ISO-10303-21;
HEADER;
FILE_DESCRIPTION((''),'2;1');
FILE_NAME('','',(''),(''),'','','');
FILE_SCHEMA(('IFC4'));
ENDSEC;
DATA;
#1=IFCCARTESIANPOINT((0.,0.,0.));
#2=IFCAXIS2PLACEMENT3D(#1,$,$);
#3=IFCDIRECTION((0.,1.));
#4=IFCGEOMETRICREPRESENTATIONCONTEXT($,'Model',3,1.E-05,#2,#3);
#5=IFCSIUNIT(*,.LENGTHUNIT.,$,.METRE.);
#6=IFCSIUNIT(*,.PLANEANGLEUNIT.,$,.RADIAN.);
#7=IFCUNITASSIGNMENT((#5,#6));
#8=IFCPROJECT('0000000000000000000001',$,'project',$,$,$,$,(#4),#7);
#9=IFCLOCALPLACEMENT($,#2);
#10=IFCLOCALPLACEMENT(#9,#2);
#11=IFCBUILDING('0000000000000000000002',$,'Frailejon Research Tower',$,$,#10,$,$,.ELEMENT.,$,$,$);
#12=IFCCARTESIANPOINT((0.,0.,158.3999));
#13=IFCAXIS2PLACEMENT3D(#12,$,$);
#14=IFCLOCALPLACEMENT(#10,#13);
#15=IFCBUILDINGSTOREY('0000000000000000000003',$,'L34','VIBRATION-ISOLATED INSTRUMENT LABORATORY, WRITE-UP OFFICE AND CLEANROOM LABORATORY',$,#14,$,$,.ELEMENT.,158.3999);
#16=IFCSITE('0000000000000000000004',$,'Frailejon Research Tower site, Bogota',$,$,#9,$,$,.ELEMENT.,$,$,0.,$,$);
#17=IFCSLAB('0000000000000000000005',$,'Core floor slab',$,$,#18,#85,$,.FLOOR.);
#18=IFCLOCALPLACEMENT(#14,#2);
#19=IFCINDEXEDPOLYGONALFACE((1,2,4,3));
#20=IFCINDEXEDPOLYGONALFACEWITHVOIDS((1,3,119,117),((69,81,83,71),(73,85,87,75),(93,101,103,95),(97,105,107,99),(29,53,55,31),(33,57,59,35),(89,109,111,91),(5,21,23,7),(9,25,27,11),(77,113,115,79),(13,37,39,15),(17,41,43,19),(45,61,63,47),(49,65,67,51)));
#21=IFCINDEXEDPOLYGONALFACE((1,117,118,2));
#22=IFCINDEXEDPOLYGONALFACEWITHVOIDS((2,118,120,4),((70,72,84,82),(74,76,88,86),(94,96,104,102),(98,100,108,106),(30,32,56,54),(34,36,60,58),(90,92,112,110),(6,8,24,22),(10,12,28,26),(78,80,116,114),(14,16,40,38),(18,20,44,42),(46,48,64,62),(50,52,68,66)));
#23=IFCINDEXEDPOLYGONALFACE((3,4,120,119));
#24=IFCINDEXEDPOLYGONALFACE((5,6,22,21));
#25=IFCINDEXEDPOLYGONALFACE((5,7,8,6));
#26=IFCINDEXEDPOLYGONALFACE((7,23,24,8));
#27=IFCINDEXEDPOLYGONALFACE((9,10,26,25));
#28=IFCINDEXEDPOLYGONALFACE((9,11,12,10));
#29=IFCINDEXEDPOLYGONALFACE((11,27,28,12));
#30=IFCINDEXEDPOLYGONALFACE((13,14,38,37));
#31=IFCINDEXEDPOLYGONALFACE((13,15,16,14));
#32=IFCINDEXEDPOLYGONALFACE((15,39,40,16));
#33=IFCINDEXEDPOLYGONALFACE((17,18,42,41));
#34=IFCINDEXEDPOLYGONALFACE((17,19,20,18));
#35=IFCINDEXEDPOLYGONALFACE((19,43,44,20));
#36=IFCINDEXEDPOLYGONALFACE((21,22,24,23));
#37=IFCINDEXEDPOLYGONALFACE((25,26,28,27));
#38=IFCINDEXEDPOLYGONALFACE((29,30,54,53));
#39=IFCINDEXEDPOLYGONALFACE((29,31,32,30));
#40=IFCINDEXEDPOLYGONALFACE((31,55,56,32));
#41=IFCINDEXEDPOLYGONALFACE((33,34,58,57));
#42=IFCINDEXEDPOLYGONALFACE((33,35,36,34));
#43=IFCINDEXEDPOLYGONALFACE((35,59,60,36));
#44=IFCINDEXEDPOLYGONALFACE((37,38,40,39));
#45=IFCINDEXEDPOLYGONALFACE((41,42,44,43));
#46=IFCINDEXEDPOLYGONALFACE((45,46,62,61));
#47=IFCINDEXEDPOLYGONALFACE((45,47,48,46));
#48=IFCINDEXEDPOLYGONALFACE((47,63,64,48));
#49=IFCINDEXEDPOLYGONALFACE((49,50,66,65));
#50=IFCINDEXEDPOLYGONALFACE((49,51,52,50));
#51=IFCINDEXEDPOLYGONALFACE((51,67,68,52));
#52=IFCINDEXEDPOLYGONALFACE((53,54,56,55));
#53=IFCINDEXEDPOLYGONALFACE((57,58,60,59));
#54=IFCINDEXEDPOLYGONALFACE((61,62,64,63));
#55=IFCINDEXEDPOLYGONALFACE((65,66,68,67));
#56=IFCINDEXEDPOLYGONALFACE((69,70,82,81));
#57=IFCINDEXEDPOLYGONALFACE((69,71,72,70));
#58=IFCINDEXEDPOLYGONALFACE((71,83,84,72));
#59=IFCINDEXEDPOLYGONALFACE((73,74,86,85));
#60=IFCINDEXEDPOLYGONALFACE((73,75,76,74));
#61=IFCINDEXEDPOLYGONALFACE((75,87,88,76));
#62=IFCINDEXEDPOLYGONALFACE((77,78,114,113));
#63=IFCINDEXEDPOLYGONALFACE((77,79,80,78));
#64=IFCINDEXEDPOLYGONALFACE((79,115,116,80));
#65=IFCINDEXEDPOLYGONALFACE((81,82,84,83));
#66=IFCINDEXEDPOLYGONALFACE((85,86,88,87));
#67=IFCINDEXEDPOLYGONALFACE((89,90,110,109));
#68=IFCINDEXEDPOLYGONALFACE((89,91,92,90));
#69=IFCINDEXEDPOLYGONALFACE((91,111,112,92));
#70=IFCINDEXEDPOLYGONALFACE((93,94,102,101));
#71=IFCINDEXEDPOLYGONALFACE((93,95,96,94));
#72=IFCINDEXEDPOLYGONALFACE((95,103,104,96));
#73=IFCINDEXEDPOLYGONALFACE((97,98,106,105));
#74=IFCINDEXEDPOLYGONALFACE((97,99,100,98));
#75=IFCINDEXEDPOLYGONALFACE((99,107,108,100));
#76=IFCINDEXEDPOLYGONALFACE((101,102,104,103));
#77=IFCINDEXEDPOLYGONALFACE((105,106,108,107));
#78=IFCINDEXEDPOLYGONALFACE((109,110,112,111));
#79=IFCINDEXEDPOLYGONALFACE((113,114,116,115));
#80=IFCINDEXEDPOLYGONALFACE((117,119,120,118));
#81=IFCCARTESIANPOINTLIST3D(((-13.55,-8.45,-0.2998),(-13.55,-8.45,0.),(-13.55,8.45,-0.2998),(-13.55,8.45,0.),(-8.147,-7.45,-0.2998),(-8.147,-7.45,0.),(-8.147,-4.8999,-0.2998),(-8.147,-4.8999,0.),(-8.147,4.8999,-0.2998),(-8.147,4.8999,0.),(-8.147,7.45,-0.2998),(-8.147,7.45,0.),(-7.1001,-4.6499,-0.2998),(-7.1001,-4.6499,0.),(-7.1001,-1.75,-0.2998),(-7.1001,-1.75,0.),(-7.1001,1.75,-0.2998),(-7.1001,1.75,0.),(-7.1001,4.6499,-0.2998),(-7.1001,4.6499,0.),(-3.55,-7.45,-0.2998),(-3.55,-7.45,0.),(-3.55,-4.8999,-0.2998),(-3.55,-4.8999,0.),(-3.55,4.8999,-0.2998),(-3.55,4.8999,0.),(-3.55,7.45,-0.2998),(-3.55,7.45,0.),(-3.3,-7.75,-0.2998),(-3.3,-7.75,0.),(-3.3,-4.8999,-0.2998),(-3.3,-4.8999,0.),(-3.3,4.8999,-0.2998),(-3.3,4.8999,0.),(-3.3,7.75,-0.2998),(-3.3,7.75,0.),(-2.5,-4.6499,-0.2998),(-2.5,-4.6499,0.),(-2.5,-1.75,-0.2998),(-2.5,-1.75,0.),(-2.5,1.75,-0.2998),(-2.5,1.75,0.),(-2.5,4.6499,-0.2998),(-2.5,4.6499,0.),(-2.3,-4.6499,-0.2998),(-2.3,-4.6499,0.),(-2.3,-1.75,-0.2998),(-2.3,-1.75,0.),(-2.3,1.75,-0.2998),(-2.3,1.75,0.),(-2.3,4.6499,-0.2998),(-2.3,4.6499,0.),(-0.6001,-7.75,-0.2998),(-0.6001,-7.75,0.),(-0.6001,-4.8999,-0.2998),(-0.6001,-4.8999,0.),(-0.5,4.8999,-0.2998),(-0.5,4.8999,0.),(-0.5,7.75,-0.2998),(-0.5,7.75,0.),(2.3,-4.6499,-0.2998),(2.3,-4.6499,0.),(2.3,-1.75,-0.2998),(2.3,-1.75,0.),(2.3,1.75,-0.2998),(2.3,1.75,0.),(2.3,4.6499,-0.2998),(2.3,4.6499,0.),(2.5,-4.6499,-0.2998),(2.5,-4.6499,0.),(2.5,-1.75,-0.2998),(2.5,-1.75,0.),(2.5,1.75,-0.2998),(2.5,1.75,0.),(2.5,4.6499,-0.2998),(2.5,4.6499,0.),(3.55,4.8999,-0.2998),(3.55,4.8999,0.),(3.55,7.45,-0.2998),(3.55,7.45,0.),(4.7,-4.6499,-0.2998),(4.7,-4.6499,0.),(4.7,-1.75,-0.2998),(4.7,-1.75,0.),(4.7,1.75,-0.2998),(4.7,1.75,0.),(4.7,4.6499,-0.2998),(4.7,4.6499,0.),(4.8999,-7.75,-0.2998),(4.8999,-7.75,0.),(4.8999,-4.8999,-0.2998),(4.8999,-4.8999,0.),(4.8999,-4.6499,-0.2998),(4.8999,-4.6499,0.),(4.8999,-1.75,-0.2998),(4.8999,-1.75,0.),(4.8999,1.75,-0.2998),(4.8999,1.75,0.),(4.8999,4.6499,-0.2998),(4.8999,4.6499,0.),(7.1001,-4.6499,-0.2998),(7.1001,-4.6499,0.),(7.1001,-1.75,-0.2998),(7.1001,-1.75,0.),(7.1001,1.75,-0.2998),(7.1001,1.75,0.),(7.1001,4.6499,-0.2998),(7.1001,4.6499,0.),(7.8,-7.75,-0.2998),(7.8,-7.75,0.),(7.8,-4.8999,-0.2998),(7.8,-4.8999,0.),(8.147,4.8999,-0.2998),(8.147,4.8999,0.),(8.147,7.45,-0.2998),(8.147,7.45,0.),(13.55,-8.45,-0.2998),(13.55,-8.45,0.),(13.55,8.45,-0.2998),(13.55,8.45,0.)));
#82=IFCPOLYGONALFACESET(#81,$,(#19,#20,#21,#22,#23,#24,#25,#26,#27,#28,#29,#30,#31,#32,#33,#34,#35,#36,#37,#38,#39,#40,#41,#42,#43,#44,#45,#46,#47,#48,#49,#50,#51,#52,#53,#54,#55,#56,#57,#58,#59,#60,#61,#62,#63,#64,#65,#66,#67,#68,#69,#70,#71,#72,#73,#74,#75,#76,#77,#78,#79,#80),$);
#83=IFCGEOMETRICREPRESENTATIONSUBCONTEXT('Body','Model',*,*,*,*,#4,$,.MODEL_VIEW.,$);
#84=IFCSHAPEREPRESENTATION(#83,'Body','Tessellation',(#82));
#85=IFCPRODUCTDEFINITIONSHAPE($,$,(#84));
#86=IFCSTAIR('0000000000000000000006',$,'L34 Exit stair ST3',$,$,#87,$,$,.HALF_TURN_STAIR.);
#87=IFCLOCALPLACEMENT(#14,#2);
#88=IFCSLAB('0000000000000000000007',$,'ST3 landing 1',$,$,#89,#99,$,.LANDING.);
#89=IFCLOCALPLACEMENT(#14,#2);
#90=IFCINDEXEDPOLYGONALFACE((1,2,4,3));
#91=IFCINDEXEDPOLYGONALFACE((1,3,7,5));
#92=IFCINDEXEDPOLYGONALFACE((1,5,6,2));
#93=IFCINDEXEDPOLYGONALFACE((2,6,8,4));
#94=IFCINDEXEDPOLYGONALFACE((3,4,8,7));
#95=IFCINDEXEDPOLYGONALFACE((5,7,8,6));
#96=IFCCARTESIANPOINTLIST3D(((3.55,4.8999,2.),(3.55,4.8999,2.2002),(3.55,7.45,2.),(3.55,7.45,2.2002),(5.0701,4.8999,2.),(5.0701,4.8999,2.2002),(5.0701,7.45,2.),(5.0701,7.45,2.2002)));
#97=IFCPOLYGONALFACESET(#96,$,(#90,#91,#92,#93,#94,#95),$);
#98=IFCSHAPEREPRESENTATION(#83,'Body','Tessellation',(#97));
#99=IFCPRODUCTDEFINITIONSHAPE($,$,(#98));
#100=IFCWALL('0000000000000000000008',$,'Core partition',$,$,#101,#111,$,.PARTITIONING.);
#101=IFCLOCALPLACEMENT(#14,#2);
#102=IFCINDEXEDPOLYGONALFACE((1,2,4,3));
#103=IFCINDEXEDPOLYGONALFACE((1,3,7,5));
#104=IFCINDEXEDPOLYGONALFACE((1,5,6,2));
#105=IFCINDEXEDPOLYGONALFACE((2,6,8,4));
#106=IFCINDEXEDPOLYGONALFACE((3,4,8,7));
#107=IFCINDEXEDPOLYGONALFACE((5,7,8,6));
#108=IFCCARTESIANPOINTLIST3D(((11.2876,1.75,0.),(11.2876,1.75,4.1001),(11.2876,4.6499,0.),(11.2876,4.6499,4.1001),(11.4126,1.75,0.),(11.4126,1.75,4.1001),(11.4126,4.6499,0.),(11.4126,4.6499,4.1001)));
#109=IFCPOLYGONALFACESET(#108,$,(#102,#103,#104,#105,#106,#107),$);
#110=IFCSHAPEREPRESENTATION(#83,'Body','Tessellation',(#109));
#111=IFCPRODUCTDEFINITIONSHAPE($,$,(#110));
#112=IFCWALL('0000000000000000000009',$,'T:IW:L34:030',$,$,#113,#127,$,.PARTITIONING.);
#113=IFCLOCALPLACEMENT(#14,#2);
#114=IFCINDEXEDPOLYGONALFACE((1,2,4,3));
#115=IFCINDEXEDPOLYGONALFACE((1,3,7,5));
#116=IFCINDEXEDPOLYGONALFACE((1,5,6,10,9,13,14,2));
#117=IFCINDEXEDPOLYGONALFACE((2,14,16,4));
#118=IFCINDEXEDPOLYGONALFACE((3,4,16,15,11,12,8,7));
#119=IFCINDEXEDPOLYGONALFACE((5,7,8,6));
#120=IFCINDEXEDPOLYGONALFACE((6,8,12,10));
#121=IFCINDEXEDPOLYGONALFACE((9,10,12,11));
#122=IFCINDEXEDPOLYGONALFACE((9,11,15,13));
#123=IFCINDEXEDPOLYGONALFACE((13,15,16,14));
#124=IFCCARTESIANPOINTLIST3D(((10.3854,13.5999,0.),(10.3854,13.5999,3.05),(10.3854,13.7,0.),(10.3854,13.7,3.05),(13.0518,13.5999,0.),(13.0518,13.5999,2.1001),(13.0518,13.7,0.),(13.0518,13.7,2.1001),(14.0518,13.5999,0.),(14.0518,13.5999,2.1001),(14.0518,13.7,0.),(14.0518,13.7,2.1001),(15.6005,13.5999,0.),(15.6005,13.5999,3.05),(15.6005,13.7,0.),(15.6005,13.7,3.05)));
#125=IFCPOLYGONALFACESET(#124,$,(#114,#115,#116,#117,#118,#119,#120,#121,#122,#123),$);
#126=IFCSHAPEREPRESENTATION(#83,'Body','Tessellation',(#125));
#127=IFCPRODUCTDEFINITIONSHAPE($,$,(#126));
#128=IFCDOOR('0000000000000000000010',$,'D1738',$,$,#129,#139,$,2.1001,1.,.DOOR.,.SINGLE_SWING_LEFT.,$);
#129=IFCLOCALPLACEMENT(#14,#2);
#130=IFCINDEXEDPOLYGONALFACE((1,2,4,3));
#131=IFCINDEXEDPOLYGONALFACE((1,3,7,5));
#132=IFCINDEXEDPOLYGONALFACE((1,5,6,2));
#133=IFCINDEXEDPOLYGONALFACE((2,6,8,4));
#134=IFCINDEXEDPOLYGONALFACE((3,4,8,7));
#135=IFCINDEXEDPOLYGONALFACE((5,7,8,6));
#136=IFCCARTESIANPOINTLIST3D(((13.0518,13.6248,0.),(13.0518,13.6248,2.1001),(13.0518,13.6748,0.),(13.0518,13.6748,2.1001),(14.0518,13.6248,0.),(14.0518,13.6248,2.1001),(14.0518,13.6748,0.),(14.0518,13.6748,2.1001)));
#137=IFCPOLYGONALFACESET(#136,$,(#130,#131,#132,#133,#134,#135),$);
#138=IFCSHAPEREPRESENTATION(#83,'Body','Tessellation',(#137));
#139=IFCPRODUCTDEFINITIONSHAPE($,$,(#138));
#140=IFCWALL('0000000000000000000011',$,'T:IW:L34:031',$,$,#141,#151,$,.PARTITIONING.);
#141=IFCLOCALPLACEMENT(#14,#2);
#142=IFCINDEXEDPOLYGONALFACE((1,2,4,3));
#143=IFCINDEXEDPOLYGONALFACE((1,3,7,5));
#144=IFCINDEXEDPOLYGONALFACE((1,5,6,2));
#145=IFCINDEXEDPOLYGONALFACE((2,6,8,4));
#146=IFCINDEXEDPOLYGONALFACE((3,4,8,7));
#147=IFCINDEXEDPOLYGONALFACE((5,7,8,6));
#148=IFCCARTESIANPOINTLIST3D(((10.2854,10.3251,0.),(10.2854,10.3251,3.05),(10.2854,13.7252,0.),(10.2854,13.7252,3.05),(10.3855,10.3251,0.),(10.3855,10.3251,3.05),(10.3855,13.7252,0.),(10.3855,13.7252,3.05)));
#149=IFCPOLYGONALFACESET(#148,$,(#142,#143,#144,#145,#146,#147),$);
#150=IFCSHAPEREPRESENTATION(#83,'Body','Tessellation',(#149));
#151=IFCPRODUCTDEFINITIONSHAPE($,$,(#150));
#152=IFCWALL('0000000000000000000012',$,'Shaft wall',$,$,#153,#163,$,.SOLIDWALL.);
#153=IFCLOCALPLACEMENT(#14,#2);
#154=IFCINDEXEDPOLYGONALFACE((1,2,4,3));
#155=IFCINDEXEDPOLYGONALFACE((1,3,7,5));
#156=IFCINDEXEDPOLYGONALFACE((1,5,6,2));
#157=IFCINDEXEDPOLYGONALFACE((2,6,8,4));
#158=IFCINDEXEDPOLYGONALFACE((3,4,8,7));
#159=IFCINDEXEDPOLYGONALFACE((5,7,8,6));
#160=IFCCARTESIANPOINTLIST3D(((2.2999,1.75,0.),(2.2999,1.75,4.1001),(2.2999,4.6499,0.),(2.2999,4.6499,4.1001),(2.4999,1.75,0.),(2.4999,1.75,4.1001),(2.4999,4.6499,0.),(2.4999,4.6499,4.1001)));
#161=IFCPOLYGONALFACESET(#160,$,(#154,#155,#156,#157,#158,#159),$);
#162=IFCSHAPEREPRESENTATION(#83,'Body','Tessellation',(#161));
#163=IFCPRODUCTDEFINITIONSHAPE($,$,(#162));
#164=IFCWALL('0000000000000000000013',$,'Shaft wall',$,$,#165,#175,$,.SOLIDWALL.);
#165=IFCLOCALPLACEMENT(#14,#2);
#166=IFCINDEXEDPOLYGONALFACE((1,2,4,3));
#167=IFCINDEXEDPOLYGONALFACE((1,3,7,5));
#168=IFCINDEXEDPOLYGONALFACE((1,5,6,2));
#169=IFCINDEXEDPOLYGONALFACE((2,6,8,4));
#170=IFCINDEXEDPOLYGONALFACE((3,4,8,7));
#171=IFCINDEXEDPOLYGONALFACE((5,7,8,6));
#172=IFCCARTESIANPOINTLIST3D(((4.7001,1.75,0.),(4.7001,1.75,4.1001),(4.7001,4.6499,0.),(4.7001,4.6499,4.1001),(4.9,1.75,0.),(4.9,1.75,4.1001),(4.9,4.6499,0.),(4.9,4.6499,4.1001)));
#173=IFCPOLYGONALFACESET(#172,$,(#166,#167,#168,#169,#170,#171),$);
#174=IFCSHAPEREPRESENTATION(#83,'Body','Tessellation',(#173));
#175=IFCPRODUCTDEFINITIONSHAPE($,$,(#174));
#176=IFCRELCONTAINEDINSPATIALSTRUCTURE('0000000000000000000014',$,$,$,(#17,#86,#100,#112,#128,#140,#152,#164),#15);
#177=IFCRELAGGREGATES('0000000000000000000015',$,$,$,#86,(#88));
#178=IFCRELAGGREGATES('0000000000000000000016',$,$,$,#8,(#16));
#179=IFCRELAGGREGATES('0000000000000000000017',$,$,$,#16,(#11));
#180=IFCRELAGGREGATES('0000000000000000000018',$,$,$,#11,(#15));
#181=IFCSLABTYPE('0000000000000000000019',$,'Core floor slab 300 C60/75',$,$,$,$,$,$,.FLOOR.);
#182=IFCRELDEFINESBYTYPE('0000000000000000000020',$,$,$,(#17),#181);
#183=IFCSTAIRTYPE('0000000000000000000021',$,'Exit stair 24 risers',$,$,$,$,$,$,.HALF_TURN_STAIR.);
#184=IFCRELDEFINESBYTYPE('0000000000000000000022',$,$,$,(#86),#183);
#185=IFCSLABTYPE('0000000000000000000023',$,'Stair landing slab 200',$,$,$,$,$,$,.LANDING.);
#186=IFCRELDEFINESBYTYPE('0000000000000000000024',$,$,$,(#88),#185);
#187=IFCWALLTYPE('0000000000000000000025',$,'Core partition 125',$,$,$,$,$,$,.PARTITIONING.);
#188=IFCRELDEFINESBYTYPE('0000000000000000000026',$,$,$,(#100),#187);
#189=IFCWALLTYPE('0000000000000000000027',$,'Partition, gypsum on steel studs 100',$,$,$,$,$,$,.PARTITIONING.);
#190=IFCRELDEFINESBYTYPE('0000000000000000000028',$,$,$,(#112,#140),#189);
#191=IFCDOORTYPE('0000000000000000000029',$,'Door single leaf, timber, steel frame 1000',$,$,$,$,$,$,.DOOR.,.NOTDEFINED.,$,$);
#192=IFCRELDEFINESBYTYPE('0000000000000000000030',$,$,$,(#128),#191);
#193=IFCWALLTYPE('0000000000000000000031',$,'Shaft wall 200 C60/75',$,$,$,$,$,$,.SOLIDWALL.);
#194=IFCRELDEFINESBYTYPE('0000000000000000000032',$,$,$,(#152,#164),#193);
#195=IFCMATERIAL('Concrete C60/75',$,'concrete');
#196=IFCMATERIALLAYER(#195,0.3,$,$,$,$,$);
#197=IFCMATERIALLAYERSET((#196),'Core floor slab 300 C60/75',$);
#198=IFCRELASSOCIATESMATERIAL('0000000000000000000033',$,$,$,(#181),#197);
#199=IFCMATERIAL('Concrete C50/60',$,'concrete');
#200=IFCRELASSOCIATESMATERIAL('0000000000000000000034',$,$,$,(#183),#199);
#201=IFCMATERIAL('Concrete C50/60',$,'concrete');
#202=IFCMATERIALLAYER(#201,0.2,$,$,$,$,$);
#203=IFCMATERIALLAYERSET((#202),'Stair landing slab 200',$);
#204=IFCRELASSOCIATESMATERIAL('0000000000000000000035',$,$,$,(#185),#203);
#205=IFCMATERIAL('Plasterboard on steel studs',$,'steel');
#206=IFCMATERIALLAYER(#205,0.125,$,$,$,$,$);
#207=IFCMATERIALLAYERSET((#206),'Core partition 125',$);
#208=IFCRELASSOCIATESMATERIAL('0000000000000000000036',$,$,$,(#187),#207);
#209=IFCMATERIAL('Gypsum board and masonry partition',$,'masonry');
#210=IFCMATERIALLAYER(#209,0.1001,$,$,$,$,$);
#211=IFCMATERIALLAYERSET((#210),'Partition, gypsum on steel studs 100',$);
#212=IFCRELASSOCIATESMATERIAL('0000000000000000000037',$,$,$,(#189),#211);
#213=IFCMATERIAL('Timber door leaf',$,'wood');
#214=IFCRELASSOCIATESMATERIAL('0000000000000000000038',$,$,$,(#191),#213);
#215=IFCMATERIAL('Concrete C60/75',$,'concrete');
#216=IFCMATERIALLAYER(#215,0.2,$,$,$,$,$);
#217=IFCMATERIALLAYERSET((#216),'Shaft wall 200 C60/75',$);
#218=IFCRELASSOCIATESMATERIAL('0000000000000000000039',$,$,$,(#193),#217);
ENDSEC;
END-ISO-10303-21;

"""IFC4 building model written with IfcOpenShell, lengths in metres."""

from ifc_helpers import new_model, si_unit, direction, frame, frame_2d, origin, place, context, subcontext, project, spatial, polyline, rectangle, outline, extrude, material, layer, layer_set, type_object, element, fill, aggregate, save


model = new_model("IFC4")

# Units and contexts
model_context = context("Model", 3, precision=1e-05, world=origin(), true_north=direction((0.0, 1.0)))
body_context = subcontext(model_context, "Body", "Model", "MODEL_VIEW")
ifc_project = project(units=[si_unit("LENGTHUNIT", "METRE"), si_unit("PLANEANGLEUNIT", "RADIAN")], contexts=[model_context])

# Site, building, storey
site_placement = place(None, origin())
site = spatial("IfcSite", under=ifc_project, at=site_placement, Name="Frailejon Research Tower site, Bogota", CompositionType="ELEMENT", RefElevation=0.0)
building_placement = place(site_placement, origin())
building = spatial("IfcBuilding", under=site, at=building_placement, Name="Frailejon Research Tower", CompositionType="ELEMENT")
storey_placement = place(building_placement, frame((0.0, 0.0, 158.3999)))
storey = spatial("IfcBuildingStorey", under=building, at=storey_placement, Name="L34", Description="VIBRATION-ISOLATED INSTRUMENT LABORATORY, WRITE-UP OFFICE AND CLEANROOM LABORATORY", CompositionType="ELEMENT", Elevation=158.3999)

# Slab
ifc_material_1 = material(Name="Concrete C60/75", Category="concrete")
ifc_layer_1 = layer(ifc_material_1, 0.3)
ifc_layer_set_1 = layer_set([ifc_layer_1], Name="Core floor slab 300 C60/75")
slab_type_1 = type_object("IfcSlabType", Name="Core floor slab 300 C60/75", PredefinedType="FLOOR", material=ifc_layer_set_1)
slab_1_placement = place(storey_placement, frame((0.0, 0.0, -0.2998)))
element("IfcSlab", 1, at=slab_1_placement, inside=storey, type_object=slab_type_1, Name="Core floor slab", PredefinedType="FLOOR", context=body_context, shape_type="SweptSolid", body=[
    extrude(outline(polyline([(13.55, -8.45), (13.55, 8.45), (-13.55, 8.45), (-13.55, -8.45), (13.55, -8.45)]), holes=[polyline([(-2.5, 1.75), (-2.5, 4.6499), (-7.1001, 4.6499), (-7.1001, 1.75), (-2.5, 1.75)]), polyline([(2.3, 1.75), (2.3, 4.6499), (-2.3, 4.6499), (-2.3, 1.75), (2.3, 1.75)]), polyline([(4.7, 1.75), (4.7, 4.6499), (2.5, 4.6499), (2.5, 1.75), (4.7, 1.75)]), polyline([(7.1001, 1.75), (7.1001, 4.6499), (4.8999, 4.6499), (4.8999, 1.75), (7.1001, 1.75)]), polyline([(-2.5, -4.6499), (-2.5, -1.75), (-7.1001, -1.75), (-7.1001, -4.6499), (-2.5, -4.6499)]), polyline([(2.3, -4.6499), (2.3, -1.75), (-2.3, -1.75), (-2.3, -4.6499), (2.3, -4.6499)]), polyline([(4.7, -4.6499), (4.7, -1.75), (2.5, -1.75), (2.5, -4.6499), (4.7, -4.6499)]), polyline([(7.1001, -4.6499), (7.1001, -1.75), (4.8999, -1.75), (4.8999, -4.6499), (7.1001, -4.6499)]), polyline([(-8.147, 4.8999), (-3.55, 4.8999), (-3.55, 7.45), (-8.147, 7.45), (-8.147, 4.8999)]), polyline([(-8.147, -7.45), (-3.55, -7.45), (-3.55, -4.8999), (-8.147, -4.8999), (-8.147, -7.45)]), polyline([(8.147, 7.45), (3.55, 7.45), (3.55, 4.8999), (8.147, 4.8999), (8.147, 7.45)]), polyline([(-0.6001, -7.75), (-0.6001, -4.8999), (-3.3, -4.8999), (-3.3, -7.75), (-0.6001, -7.75)]), polyline([(7.8, -7.75), (7.8, -4.8999), (4.8999, -4.8999), (4.8999, -7.75), (7.8, -7.75)]), polyline([(-0.5, 4.8999), (-0.5, 7.75), (-3.3, 7.75), (-3.3, 4.8999), (-0.5, 4.8999)])]), origin(), (0.0, 0.0, 1.0), 0.2998),
])

# Stair, slab
ifc_material_2 = material(Name="Concrete C50/60", Category="concrete")
stair_type = type_object("IfcStairType", Name="Exit stair 24 risers", PredefinedType="HALF_TURN_STAIR", material=ifc_material_2)
stair_placement = place(storey_placement, origin())
stair = element("IfcStair", 2, at=stair_placement, inside=storey, type_object=stair_type, Name="L34 Exit stair ST3", PredefinedType="HALF_TURN_STAIR")
ifc_material_3 = material(Name="Concrete C50/60", Category="concrete")
ifc_layer_2 = layer(ifc_material_3, 0.2)
ifc_layer_set_2 = layer_set([ifc_layer_2], Name="Stair landing slab 200")
slab_type_2 = type_object("IfcSlabType", Name="Stair landing slab 200", PredefinedType="LANDING", material=ifc_layer_set_2)
slab_2_placement = place(storey_placement, frame((0.0, 0.0, 2.0)))
slab_2 = element("IfcSlab", 3, at=slab_2_placement, type_object=slab_type_2, Name="ST3 landing 1", PredefinedType="LANDING", context=body_context, shape_type="SweptSolid", body=[
    extrude(outline(polyline([(5.0701, 7.45), (3.55, 7.45), (3.55, 4.8999), (5.0701, 4.8999), (5.0701, 7.45)])), origin(), (0.0, 0.0, 1.0), 0.2002),
])

# Wall
ifc_material_4 = material(Name="Plasterboard on steel studs", Category="steel")
ifc_layer_3 = layer(ifc_material_4, 0.125)
ifc_layer_set_3 = layer_set([ifc_layer_3], Name="Core partition 125")
wall_type_1 = type_object("IfcWallType", Name="Core partition 125", PredefinedType="PARTITIONING", material=ifc_layer_set_3)
wall_1_placement = place(storey_placement, frame((11.3501, 1.75, 0.0), z_axis=(0.0, 0.0, 1.0), x_axis=(0.0, 1.0, 0.0)))
element("IfcWall", 4, at=wall_1_placement, inside=storey, type_object=wall_type_1, Name="Core partition", PredefinedType="PARTITIONING", context=body_context, shape_type="SweptSolid", body=[
    extrude(rectangle(XDim=2.8999, YDim=0.125, at=frame_2d((1.45, 0.0))), origin(), (0.0, 0.0, 1.0), 4.1001),
])

# Wall, opening, door
ifc_material_5 = material(Name="Gypsum board and masonry partition", Category="masonry")
ifc_layer_4 = layer(ifc_material_5, 0.1001)
ifc_layer_set_4 = layer_set([ifc_layer_4], Name="Partition, gypsum on steel studs 100")
wall_type_2 = type_object("IfcWallType", Name="Partition, gypsum on steel studs 100", PredefinedType="PARTITIONING", material=ifc_layer_set_4)
wall_2_placement = place(storey_placement, frame((10.3855, 13.6499, 0.0), z_axis=(0.0, 0.0, 1.0), x_axis=(1.0, 0.0, 0.0)))
wall_2 = element("IfcWall", 5, at=wall_2_placement, inside=storey, type_object=wall_type_2, Name="T:IW:L34:030", PredefinedType="PARTITIONING", context=body_context, shape_type="SweptSolid", body=[
    extrude(rectangle(XDim=5.2151, YDim=0.1001, at=frame_2d((2.6074, 0.0))), origin(), (0.0, 0.0, 1.0), 3.05),
])
opening_1_placement = place(wall_2_placement, frame((2.6663, 0.0, 0.0)))
opening_1 = element("IfcOpeningElement", 6, at=opening_1_placement, cuts=wall_2, PredefinedType="OPENING", context=body_context, shape_type="SweptSolid", body=[
    extrude(rectangle(XDim=1.0, YDim=2.1001, at=frame_2d((0.5, 1.05))), frame((0.0, 0.0601, 0.0), z_axis=(0.0, -1.0, 0.0), x_axis=(1.0, 0.0, 0.0)), (0.0, 0.0, 1.0), 0.1201),
])
ifc_material_6 = material(Name="Timber door leaf", Category="wood")
door_type_1 = type_object("IfcDoorType", Name="Door single leaf, timber, steel frame 1000", OperationType="NOTDEFINED", PredefinedType="DOOR", material=ifc_material_6)
door_1_placement = place(opening_1_placement, origin())
door_1 = element("IfcDoor", 7, at=door_1_placement, inside=storey, type_object=door_type_1, Name="D1738", OperationType="SINGLE_SWING_LEFT", OverallHeight=2.1001, OverallWidth=1.0, PredefinedType="DOOR", context=body_context, shape_type="SweptSolid", body=[
    extrude(rectangle(XDim=1.0, YDim=2.1001, at=frame_2d((0.5, 1.05))), frame((0.0, 0.0249, 0.0), z_axis=(0.0, -1.0, 0.0), x_axis=(1.0, 0.0, 0.0)), (0.0, 0.0, 1.0), 0.05),
])
fill(opening_1, door_1)

# Walls
wall_3_placement = place(storey_placement, frame((10.3354, 10.325, 0.0), z_axis=(0.0, 0.0, 1.0), x_axis=(0.0, 1.0, 0.0)))
element("IfcWall", 8, at=wall_3_placement, inside=storey, type_object=wall_type_2, Name="T:IW:L34:031", PredefinedType="PARTITIONING", context=body_context, shape_type="SweptSolid", body=[
    extrude(rectangle(XDim=3.4001, YDim=0.1001, at=frame_2d((1.7002, 0.0))), origin(), (0.0, 0.0, 1.0), 3.05),
])
ifc_material_7 = material(Name="Concrete C60/75", Category="concrete")
ifc_layer_5 = layer(ifc_material_7, 0.2)
ifc_layer_set_5 = layer_set([ifc_layer_5], Name="Shaft wall 200 C60/75")
wall_type_3 = type_object("IfcWallType", Name="Shaft wall 200 C60/75", PredefinedType="SOLIDWALL", material=ifc_layer_set_5)
for number, where, z_axis, x_axis, name in (
    (9, (2.3999, 1.75, 0.0), (0.0, 0.0, 1.0), (0.0, 1.0, 0.0), "Shaft wall"),
    (10, (4.8, 1.75, 0.0), (0.0, 0.0, 1.0), (0.0, 1.0, 0.0), "Shaft wall"),
):
    element("IfcWall", number, at=place(storey_placement, frame(where, z_axis=z_axis, x_axis=x_axis)), inside=storey, type_object=wall_type_3, Name=name, PredefinedType="SOLIDWALL", context=body_context, shape_type="SweptSolid", body=[
        extrude(rectangle(XDim=2.8999, YDim=0.2, at=frame_2d((1.45, 0.0))), origin(), (0.0, 0.0, 1.0), 4.1001),
    ])

aggregate(stair, [slab_2])

save(model, "model.ifc")
